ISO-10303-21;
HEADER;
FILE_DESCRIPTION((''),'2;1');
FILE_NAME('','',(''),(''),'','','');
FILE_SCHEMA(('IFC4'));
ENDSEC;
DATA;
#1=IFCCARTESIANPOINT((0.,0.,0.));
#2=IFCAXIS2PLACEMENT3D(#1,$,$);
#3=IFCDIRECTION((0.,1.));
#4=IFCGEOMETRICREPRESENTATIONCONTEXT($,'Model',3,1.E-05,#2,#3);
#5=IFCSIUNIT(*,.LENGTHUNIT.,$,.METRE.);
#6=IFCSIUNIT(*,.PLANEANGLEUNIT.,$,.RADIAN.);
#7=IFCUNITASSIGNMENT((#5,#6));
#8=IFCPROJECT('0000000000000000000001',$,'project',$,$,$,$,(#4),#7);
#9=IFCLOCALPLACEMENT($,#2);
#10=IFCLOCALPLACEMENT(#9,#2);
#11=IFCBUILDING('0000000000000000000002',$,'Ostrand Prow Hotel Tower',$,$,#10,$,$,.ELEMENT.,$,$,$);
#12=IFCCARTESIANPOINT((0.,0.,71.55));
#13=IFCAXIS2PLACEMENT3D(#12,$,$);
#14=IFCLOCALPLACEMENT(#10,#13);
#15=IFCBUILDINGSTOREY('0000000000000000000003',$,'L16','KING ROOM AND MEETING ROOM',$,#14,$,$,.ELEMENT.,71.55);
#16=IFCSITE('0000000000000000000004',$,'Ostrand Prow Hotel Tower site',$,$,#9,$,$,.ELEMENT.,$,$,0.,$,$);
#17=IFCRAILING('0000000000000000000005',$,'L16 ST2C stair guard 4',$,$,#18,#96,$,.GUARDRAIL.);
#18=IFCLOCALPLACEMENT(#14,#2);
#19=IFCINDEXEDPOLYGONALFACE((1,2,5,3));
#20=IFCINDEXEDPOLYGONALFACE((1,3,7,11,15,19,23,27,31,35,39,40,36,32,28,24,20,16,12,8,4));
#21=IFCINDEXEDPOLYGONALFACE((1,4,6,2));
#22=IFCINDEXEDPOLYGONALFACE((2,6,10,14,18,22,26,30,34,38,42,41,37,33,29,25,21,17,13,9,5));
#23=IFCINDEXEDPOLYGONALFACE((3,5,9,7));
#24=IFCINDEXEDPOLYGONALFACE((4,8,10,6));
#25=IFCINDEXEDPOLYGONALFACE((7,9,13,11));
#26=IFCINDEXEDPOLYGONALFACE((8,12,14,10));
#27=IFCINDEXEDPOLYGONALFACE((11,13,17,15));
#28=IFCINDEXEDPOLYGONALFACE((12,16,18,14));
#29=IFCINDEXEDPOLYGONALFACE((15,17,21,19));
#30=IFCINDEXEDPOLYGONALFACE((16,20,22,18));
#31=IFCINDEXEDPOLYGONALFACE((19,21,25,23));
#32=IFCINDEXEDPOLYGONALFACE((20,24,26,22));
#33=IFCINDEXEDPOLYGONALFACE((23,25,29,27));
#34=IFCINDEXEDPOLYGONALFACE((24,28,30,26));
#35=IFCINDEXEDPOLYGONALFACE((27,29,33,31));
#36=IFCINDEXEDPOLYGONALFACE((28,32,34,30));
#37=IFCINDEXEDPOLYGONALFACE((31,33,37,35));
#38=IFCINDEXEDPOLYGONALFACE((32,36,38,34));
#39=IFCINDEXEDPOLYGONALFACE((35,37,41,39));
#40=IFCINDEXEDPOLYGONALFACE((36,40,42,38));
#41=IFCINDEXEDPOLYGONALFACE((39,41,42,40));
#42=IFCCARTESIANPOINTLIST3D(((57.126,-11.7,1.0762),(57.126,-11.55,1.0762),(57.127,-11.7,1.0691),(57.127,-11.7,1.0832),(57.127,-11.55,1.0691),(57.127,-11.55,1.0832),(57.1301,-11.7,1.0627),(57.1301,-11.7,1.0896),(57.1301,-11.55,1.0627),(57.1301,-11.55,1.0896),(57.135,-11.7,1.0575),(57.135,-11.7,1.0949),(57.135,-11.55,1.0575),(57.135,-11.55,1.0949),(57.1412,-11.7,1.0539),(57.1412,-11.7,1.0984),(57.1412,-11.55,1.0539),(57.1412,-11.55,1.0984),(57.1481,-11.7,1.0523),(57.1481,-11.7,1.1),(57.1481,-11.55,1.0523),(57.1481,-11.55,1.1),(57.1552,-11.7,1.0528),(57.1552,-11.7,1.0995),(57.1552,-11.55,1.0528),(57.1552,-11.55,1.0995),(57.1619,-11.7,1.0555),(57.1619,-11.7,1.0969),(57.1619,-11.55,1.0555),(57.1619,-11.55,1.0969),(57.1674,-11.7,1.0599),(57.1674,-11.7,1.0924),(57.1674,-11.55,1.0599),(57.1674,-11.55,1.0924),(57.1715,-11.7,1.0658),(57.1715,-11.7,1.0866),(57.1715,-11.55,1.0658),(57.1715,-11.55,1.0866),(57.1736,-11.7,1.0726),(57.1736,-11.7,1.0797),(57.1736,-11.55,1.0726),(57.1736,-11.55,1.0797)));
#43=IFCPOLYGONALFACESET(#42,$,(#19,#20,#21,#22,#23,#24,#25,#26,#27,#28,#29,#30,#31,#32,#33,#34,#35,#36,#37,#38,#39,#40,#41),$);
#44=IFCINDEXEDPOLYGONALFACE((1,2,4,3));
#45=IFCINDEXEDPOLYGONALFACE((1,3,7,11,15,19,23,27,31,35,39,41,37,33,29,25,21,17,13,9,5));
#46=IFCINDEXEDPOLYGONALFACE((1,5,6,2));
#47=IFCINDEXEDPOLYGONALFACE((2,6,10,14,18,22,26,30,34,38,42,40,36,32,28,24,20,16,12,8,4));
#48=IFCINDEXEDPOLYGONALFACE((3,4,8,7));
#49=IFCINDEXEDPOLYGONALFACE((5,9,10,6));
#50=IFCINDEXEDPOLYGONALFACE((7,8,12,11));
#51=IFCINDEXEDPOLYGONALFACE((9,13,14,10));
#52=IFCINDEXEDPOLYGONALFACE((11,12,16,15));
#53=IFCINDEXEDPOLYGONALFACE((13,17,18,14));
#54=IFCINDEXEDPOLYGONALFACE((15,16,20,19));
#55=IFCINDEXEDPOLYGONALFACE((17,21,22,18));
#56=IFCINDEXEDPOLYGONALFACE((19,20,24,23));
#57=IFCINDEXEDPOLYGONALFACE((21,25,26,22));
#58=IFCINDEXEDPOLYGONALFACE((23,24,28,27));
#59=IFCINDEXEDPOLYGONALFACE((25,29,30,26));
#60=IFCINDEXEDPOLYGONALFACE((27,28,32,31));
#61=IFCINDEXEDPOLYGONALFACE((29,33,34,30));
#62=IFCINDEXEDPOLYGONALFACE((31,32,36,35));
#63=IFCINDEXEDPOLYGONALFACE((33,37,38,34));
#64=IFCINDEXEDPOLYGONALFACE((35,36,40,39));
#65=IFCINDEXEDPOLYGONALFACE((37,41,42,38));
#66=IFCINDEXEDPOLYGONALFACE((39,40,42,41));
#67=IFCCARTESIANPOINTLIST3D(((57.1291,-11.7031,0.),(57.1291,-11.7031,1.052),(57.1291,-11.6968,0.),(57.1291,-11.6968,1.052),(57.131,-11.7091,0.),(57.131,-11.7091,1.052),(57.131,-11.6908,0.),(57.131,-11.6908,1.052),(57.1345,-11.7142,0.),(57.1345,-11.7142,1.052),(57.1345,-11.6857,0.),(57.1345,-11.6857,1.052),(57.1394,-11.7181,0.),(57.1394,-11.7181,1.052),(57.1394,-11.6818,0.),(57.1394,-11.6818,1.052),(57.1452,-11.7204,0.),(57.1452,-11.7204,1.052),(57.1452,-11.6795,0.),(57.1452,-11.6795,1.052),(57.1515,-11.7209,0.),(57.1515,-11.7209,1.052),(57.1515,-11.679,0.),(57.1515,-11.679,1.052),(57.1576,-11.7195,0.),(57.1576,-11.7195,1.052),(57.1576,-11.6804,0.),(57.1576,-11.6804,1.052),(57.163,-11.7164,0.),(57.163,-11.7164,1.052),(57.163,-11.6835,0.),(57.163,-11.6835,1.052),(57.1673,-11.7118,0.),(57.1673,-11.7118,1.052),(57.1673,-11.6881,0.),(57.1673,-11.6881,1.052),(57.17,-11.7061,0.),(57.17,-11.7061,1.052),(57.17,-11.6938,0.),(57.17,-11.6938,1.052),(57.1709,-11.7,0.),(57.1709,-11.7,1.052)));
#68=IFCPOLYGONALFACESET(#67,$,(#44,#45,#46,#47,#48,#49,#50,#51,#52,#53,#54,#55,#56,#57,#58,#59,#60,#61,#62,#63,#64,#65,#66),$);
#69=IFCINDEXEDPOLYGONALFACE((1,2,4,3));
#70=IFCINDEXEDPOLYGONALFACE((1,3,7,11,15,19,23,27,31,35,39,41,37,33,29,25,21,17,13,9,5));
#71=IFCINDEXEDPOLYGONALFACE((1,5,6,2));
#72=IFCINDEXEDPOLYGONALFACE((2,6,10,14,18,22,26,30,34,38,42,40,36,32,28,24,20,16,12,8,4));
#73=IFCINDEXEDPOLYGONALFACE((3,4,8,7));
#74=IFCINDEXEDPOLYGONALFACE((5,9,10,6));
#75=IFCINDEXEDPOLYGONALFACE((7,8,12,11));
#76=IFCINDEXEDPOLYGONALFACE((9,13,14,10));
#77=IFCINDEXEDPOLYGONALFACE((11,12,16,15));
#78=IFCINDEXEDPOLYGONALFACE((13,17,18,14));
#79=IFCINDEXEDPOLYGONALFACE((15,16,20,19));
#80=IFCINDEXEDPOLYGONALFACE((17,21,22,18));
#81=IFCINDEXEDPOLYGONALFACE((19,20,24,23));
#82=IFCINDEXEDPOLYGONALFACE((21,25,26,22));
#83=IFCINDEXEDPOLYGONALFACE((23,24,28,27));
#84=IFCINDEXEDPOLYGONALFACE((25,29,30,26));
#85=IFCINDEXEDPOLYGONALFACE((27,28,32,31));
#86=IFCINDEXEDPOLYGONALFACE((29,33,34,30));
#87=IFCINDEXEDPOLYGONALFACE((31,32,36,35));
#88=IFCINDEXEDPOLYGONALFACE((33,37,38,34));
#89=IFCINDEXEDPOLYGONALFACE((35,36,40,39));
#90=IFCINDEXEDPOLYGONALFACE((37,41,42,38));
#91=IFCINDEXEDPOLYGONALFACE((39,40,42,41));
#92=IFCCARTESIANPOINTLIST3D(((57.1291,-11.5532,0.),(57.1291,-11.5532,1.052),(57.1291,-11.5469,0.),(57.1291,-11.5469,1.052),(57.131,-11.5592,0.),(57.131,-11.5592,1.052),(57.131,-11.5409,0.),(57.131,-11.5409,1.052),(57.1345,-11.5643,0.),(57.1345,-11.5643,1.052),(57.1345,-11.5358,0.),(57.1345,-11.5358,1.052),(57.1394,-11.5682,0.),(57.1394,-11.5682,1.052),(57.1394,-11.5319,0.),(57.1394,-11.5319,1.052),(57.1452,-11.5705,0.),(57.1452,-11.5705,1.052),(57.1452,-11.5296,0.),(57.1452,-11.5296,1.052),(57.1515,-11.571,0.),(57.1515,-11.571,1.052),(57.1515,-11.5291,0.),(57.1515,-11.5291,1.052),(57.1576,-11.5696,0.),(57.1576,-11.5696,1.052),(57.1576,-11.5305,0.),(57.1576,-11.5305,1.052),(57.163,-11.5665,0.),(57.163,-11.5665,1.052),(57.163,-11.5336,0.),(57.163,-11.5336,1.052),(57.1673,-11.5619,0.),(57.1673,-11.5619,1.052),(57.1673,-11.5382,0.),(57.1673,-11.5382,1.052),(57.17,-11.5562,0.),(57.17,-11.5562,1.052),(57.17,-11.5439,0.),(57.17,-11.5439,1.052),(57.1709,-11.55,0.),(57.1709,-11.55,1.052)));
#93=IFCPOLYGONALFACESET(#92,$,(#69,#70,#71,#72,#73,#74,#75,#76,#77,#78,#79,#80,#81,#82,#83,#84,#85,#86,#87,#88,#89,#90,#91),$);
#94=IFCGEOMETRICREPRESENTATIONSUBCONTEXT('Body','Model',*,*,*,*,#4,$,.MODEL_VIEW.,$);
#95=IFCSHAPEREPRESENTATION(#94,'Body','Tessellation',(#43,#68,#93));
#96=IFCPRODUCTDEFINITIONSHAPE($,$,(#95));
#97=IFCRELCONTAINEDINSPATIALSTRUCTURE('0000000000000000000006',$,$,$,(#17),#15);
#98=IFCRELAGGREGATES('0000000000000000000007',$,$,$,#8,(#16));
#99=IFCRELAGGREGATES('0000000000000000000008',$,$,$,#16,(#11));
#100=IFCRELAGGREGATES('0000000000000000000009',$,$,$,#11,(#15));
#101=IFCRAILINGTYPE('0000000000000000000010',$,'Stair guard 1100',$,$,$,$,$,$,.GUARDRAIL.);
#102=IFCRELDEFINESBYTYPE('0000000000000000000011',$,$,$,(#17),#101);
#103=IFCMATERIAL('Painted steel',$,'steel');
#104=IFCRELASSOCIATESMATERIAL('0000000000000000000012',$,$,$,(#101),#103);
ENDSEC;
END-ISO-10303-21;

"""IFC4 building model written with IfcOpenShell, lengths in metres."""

from ifc_helpers import new_model, si_unit, direction, frame, origin, origin_2d, place, context, subcontext, project, spatial, circle, extrude, material, type_object, element, save


model = new_model("IFC4")

# Units and contexts
model_context = context("Model", 3, precision=1e-05, world=origin(), true_north=direction((0.0, 1.0)))
body_context = subcontext(model_context, "Body", "Model", "MODEL_VIEW")
ifc_project = project(units=[si_unit("LENGTHUNIT", "METRE"), si_unit("PLANEANGLEUNIT", "RADIAN")], contexts=[model_context])

# Site, building, storey
site_placement = place(None, origin())
site = spatial("IfcSite", under=ifc_project, at=site_placement, Name="Ostrand Prow Hotel Tower site", CompositionType="ELEMENT", RefElevation=0.0)
building_placement = place(site_placement, origin())
building = spatial("IfcBuilding", under=site, at=building_placement, Name="Ostrand Prow Hotel Tower", CompositionType="ELEMENT")
storey_placement = place(building_placement, frame((0.0, 0.0, 71.55)))
storey = spatial("IfcBuildingStorey", under=building, at=storey_placement, Name="L16", Description="KING ROOM AND MEETING ROOM", CompositionType="ELEMENT", Elevation=71.55)

# Railing
ifc_material_1 = material(Name="Painted steel", Category="steel")
railing_type_1 = type_object("IfcRailingType", Name="Stair guard 1100", PredefinedType="GUARDRAIL", material=ifc_material_1)
railing_1_placement = place(storey_placement, frame((57.1499, -11.7, 0.0)))
element("IfcRailing", 1, at=railing_1_placement, inside=storey, type_object=railing_type_1, Name="L16 ST2C stair guard 4", PredefinedType="GUARDRAIL", context=body_context, shape_type="SweptSolid", body=[
    extrude(circle(Radius=0.0239, at=origin_2d()), frame((0.0, 0.0, 1.0762), z_axis=(0.0, 1.0, 0.0), x_axis=(-1.0, 0.0, 0.0)), (0.0, 0.0, 1.0), 0.1499),
    extrude(circle(Radius=0.021, at=origin_2d()), origin(), (0.0, 0.0, 1.0), 1.052),
    extrude(circle(Radius=0.021, at=origin_2d()), frame((0.0, 0.1499, 0.0)), (0.0, 0.0, 1.0), 1.052),
])

save(model, "model.ifc")
